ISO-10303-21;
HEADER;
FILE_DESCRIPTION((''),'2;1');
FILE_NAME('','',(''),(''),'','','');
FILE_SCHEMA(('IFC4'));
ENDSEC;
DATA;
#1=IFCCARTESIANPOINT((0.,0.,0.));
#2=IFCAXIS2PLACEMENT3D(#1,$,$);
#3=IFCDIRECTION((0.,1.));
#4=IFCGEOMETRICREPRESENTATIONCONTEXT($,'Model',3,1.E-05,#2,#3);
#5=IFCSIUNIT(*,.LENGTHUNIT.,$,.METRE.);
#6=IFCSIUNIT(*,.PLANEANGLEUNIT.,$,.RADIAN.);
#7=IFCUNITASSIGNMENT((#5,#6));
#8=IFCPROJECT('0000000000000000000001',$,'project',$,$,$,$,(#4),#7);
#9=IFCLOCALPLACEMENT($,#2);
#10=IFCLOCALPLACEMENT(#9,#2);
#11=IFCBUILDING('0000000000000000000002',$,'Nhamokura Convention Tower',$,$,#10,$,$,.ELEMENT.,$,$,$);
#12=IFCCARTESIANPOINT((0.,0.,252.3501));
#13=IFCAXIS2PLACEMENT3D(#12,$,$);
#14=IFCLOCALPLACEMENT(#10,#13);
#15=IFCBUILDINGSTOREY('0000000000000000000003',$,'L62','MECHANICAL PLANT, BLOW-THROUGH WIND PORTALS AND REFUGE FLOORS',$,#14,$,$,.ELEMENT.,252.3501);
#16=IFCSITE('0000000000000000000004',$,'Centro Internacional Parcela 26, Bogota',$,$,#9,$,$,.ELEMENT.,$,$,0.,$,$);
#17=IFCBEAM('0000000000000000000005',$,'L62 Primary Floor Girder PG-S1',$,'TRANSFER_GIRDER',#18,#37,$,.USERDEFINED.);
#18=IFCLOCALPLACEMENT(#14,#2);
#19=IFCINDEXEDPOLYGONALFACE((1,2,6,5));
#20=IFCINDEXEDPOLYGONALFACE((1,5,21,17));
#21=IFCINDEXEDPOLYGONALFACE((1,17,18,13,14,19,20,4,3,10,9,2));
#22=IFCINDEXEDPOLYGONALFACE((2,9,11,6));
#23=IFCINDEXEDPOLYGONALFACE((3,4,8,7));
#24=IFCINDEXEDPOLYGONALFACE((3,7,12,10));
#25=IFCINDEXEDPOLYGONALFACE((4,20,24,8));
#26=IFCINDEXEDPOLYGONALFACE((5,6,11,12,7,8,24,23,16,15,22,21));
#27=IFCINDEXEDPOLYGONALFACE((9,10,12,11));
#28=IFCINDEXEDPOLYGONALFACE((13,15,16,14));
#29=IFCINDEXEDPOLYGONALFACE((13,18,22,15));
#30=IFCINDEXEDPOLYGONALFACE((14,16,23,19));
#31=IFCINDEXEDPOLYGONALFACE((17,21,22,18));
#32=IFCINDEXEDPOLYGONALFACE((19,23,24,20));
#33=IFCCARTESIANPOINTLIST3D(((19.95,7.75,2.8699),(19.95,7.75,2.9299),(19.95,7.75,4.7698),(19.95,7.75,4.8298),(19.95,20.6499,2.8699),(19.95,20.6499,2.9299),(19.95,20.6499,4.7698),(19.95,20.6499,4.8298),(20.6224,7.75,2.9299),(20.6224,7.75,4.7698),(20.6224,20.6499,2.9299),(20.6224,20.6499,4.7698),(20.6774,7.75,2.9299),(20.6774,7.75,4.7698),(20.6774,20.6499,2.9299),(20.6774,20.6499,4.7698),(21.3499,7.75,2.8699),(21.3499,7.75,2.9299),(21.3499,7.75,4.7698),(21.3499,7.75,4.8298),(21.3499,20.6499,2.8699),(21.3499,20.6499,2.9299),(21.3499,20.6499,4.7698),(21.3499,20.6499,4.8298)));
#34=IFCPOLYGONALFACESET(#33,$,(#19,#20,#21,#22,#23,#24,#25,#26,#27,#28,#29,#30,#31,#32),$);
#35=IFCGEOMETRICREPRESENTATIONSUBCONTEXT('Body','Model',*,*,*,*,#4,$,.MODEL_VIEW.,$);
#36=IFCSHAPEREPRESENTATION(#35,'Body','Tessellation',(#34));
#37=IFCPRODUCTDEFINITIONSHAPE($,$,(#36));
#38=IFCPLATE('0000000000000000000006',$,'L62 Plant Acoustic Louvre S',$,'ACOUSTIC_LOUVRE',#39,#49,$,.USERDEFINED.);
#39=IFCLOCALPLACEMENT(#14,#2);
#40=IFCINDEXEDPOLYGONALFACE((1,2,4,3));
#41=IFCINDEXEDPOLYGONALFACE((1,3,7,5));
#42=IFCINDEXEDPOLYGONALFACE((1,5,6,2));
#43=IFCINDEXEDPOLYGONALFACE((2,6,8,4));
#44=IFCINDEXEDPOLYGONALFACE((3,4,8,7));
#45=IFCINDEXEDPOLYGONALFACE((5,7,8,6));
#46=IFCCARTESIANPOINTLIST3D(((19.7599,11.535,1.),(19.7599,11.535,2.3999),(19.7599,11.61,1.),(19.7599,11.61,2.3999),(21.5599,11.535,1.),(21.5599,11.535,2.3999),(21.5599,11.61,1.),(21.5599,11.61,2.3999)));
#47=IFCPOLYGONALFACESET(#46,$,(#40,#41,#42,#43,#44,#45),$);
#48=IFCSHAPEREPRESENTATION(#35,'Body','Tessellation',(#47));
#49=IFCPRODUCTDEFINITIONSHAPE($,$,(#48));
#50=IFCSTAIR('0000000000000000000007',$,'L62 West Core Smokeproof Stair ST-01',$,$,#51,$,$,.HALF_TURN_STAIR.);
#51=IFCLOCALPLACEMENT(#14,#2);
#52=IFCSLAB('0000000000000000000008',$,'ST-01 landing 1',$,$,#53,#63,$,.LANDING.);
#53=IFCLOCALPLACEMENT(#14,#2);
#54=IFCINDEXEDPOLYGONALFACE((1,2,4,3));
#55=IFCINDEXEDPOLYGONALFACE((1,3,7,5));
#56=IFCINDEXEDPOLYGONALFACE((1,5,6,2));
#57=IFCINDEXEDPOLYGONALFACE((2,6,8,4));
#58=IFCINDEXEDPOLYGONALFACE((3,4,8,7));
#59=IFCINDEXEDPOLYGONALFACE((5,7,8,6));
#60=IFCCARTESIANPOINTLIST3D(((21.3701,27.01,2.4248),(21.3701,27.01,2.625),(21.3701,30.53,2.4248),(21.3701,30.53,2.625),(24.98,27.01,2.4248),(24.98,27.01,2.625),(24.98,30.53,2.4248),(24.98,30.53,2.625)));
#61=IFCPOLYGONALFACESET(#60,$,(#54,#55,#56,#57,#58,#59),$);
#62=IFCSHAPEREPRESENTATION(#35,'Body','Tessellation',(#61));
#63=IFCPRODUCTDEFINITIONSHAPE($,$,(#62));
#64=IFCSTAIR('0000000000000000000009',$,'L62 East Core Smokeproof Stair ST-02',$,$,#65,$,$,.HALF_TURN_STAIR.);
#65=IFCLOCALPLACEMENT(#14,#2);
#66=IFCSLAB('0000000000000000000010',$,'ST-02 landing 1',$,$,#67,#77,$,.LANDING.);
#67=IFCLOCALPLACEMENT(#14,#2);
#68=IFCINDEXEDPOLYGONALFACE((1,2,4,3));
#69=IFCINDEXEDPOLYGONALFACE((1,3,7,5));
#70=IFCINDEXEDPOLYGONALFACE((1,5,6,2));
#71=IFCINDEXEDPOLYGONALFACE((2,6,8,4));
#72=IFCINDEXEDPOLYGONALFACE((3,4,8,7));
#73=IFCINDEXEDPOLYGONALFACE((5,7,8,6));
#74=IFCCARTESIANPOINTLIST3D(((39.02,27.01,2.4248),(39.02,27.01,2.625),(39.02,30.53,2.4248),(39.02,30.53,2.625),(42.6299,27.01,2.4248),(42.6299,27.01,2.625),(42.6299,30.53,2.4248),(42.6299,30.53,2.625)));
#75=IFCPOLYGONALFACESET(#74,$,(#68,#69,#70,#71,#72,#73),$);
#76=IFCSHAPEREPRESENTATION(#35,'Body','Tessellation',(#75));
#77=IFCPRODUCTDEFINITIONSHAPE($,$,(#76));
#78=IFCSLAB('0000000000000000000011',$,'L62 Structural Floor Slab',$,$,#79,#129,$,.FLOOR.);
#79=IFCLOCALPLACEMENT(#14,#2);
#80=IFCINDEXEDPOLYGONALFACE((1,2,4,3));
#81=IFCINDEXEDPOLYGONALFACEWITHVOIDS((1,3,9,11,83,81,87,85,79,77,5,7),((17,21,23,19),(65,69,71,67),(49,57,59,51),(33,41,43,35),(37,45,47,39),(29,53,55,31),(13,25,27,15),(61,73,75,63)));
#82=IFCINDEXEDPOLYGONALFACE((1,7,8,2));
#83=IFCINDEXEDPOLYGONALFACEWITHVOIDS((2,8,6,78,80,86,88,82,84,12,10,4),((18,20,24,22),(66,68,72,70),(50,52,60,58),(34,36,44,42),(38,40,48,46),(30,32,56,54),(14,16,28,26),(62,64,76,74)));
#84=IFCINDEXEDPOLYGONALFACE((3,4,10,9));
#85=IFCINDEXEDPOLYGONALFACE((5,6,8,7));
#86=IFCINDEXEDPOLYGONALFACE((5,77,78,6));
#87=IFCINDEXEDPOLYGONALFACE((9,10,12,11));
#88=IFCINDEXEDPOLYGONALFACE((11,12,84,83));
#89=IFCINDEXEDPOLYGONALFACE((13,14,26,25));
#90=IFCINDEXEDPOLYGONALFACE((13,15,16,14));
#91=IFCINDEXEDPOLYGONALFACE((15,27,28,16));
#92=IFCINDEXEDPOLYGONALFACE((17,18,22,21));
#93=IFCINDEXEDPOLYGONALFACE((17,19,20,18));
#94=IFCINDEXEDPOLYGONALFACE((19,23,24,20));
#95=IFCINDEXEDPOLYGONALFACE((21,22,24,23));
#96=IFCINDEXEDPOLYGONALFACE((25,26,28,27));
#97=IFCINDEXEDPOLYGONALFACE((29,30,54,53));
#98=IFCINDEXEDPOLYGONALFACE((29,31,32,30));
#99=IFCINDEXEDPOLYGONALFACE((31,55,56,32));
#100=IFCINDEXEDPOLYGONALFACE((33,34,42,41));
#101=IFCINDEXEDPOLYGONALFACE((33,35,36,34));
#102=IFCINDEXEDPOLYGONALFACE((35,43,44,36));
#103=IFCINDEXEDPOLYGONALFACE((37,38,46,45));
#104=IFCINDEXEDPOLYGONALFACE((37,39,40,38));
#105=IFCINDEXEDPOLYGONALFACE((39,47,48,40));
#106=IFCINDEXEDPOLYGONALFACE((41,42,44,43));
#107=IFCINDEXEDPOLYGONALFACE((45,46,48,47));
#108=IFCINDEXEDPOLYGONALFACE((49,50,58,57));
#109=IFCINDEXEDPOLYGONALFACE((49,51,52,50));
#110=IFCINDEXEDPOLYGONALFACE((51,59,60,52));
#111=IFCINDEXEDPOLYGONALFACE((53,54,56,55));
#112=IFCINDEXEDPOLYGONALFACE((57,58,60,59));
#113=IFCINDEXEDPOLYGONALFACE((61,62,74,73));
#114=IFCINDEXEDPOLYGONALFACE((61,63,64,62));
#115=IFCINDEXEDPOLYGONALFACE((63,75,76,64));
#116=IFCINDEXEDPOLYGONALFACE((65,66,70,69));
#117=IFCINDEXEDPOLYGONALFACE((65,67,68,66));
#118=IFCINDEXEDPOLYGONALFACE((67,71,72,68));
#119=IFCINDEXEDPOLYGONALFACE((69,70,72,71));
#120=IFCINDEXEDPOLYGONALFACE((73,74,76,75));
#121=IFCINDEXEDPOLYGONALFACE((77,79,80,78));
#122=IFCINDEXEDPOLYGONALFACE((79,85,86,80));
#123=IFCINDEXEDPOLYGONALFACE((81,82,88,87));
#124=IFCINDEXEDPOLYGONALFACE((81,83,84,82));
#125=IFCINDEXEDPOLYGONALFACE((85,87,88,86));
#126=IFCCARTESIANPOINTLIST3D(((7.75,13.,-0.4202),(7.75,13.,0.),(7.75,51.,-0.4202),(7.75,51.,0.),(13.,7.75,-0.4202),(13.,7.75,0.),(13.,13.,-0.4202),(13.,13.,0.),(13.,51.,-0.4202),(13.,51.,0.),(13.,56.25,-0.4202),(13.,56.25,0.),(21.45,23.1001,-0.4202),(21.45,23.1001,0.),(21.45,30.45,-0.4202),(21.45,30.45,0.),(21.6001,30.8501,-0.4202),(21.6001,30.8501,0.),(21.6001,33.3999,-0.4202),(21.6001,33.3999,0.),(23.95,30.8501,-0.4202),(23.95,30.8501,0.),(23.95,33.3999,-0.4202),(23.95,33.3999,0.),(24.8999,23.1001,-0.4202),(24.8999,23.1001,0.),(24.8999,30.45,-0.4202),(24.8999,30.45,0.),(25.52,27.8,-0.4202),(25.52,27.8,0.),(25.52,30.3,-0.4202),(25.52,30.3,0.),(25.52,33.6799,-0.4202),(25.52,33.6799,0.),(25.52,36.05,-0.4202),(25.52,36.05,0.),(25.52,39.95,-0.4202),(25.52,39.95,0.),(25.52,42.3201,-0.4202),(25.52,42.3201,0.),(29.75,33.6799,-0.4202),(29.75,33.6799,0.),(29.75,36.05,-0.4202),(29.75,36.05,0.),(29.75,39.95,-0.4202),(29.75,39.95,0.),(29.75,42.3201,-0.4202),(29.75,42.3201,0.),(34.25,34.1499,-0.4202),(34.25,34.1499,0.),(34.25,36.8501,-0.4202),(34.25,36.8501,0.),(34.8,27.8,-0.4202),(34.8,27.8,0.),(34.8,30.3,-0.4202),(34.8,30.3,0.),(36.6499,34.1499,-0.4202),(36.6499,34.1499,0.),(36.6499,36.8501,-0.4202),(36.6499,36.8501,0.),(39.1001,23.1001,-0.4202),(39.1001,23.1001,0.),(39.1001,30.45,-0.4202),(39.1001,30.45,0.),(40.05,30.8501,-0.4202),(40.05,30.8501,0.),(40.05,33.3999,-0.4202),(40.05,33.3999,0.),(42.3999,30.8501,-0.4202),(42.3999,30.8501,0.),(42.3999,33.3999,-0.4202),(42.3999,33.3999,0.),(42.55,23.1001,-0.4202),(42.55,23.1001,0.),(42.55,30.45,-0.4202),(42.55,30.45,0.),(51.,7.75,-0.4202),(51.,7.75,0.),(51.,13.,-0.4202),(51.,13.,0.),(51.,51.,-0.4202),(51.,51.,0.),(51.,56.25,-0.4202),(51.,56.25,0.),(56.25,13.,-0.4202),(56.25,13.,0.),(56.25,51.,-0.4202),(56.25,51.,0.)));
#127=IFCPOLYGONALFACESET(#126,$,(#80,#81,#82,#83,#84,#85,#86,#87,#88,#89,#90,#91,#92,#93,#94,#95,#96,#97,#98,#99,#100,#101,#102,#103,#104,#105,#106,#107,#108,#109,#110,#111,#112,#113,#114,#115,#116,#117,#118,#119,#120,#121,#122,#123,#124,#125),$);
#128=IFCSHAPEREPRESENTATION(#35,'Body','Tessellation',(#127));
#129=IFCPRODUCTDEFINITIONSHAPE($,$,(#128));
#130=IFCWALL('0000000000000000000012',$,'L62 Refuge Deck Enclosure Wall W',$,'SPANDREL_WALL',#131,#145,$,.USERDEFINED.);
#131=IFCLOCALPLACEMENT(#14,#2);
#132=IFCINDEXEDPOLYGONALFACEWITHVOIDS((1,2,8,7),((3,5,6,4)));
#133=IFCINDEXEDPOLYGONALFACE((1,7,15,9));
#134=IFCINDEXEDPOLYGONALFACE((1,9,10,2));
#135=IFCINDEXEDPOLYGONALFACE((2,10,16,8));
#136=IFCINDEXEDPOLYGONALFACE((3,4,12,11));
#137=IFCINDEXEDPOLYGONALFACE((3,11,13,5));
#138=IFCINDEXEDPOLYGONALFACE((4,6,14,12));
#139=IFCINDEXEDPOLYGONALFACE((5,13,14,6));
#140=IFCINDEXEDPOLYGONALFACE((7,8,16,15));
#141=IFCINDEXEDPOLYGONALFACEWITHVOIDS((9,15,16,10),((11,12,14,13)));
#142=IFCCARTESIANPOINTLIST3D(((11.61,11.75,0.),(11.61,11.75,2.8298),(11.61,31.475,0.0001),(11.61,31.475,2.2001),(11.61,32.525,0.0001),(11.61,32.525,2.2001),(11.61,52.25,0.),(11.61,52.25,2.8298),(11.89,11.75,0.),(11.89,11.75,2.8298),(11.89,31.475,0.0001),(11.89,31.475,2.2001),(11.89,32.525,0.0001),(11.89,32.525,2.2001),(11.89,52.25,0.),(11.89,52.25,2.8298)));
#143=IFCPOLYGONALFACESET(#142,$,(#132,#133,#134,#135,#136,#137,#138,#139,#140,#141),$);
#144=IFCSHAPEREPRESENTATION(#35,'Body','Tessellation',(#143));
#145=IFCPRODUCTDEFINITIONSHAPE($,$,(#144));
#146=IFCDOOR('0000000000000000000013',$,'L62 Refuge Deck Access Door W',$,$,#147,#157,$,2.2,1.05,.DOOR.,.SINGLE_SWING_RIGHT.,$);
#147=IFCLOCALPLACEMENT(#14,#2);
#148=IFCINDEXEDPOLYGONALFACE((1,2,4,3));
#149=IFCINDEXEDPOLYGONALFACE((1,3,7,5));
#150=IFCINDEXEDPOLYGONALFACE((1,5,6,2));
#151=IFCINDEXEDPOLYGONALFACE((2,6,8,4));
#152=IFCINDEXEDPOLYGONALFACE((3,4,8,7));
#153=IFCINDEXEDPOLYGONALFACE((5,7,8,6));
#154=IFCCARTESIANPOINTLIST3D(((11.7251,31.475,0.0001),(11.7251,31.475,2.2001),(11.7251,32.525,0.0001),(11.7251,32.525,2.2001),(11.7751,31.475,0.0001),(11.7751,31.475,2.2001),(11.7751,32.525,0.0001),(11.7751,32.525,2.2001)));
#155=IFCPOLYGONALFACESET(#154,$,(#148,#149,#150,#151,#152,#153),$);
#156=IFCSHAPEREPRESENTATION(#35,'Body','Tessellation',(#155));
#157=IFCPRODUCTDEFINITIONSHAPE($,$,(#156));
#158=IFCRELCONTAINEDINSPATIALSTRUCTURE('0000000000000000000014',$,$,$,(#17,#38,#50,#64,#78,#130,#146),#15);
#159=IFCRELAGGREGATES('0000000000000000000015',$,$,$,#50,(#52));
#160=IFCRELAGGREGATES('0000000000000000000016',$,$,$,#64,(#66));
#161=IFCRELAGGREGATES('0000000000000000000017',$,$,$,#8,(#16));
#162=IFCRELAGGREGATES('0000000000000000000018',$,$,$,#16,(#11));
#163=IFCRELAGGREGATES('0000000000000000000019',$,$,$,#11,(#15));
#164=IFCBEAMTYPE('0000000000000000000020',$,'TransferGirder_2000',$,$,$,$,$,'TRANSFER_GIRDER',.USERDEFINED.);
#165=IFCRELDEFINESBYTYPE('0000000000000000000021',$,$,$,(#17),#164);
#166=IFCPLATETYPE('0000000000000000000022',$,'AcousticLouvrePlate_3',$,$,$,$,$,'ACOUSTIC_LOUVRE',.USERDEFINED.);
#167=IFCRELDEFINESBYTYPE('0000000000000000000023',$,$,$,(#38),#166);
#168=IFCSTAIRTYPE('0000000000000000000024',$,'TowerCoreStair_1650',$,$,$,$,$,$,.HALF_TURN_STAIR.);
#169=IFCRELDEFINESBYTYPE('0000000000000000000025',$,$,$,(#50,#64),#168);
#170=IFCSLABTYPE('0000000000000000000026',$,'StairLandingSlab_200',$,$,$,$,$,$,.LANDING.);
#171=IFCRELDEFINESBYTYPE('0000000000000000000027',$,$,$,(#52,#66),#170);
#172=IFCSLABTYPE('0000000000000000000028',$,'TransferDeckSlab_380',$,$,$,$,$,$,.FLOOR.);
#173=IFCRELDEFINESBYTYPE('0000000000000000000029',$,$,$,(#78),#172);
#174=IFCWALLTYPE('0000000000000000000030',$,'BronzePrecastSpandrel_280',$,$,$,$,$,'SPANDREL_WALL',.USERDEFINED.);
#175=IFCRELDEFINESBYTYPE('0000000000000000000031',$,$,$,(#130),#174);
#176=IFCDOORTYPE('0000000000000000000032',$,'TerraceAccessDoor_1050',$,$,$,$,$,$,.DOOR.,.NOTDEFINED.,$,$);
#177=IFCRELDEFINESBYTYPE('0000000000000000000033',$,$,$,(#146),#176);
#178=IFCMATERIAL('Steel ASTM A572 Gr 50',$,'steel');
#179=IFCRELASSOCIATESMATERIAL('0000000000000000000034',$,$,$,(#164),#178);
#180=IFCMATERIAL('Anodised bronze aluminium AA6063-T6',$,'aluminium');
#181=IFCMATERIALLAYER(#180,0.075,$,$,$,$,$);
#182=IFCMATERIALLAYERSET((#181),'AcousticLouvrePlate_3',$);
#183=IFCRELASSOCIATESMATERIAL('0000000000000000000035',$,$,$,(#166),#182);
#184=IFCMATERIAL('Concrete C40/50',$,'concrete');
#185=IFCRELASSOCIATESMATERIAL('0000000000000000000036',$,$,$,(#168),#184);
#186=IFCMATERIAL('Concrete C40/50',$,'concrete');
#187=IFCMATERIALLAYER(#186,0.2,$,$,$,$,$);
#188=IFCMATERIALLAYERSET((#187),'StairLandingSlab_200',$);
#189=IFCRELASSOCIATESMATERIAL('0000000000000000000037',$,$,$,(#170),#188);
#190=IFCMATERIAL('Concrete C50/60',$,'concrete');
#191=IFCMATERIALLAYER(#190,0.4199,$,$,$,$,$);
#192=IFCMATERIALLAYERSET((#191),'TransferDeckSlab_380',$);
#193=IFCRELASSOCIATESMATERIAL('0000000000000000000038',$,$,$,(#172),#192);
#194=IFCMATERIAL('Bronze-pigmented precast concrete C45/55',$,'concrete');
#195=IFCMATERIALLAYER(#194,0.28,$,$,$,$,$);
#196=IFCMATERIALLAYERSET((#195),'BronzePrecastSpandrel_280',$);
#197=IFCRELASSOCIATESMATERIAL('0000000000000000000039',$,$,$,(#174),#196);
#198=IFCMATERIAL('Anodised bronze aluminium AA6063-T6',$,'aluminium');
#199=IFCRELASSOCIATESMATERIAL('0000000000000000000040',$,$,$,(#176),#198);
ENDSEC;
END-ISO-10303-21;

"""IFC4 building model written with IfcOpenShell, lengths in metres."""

from ifc_helpers import new_model, si_unit, direction, frame, frame_2d, origin, origin_2d, place, context, subcontext, project, spatial, polyline, rectangle, i_section, outline, extrude, material, layer, layer_set, material_profile, profile_set, type_object, element, fill, aggregate, save


model = new_model("IFC4")

# Units and contexts
model_context = context("Model", 3, precision=1e-05, world=origin(), true_north=direction((0.0, 1.0)))
body_context = subcontext(model_context, "Body", "Model", "MODEL_VIEW")
ifc_project = project(units=[si_unit("LENGTHUNIT", "METRE"), si_unit("PLANEANGLEUNIT", "RADIAN")], contexts=[model_context])

# Site, building, storey
site_placement = place(None, origin())
site = spatial("IfcSite", under=ifc_project, at=site_placement, Name="Centro Internacional Parcela 26, Bogota", CompositionType="ELEMENT", RefElevation=0.0)
building_placement = place(site_placement, origin())
building = spatial("IfcBuilding", under=site, at=building_placement, Name="Nhamokura Convention Tower", CompositionType="ELEMENT")
storey_placement = place(building_placement, frame((0.0, 0.0, 252.3501)))
storey = spatial("IfcBuildingStorey", under=building, at=storey_placement, Name="L62", Description="MECHANICAL PLANT, BLOW-THROUGH WIND PORTALS AND REFUGE FLOORS", CompositionType="ELEMENT", Elevation=252.3501)

# Beam
ifc_material_1 = material(Name="Steel ASTM A572 Gr 50", Category="steel")
ifc_material_profile_1 = material_profile(ifc_material_1, i_section(OverallWidth=1.3999, OverallDepth=1.96, WebThickness=0.0549, FlangeThickness=0.0601, at=origin_2d()))
ifc_profile_set_1 = profile_set([ifc_material_profile_1], Name="Steel ASTM A572 Gr 50")
beam_type_1 = type_object("IfcBeamType", Name="TransferGirder_2000", ElementType="TRANSFER_GIRDER", PredefinedType="USERDEFINED", material=ifc_profile_set_1)
beam_1_placement = place(storey_placement, frame((20.6499, 7.75, 3.8499), z_axis=(0.0, 1.0, 0.0), x_axis=(-1.0, 0.0, 0.0)))
element("IfcBeam", 1, at=beam_1_placement, inside=storey, type_object=beam_type_1, Name="L62 Primary Floor Girder PG-S1", ObjectType="TRANSFER_GIRDER", PredefinedType="USERDEFINED", context=body_context, shape_type="SweptSolid", body=[
    extrude(i_section(OverallWidth=1.3999, OverallDepth=1.96, WebThickness=0.0549, FlangeThickness=0.0601, at=origin_2d()), origin(), (0.0, 0.0, 1.0), 12.8999),
])

# Plate
ifc_material_2 = material(Name="Anodised bronze aluminium AA6063-T6", Category="aluminium")
ifc_layer_1 = layer(ifc_material_2, 0.075)
ifc_layer_set_1 = layer_set([ifc_layer_1], Name="AcousticLouvrePlate_3")
plate_type = type_object("IfcPlateType", Name="AcousticLouvrePlate_3", ElementType="ACOUSTIC_LOUVRE", PredefinedType="USERDEFINED", material=ifc_layer_set_1)
plate_placement = place(storey_placement, frame((20.6599, 11.5725, 1.0), z_axis=(0.0, 0.0, 1.0), x_axis=(-1.0, 0.0, 0.0)))
element("IfcPlate", 2, at=plate_placement, inside=storey, type_object=plate_type, Name="L62 Plant Acoustic Louvre S", ObjectType="ACOUSTIC_LOUVRE", PredefinedType="USERDEFINED", context=body_context, shape_type="SweptSolid", body=[
    extrude(rectangle(XDim=1.8, YDim=0.075, at=origin_2d()), origin(), (0.0, 0.0, 1.0), 1.3999),
])

# Stairs, slabs
ifc_material_3 = material(Name="Concrete C40/50", Category="concrete")
stair_type = type_object("IfcStairType", Name="TowerCoreStair_1650", PredefinedType="HALF_TURN_STAIR", material=ifc_material_3)
stair_1_placement = place(storey_placement, origin())
stair_1 = element("IfcStair", 3, at=stair_1_placement, inside=storey, type_object=stair_type, Name="L62 West Core Smokeproof Stair ST-01", PredefinedType="HALF_TURN_STAIR")
ifc_material_4 = material(Name="Concrete C40/50", Category="concrete")
ifc_layer_2 = layer(ifc_material_4, 0.2)
ifc_layer_set_2 = layer_set([ifc_layer_2], Name="StairLandingSlab_200")
slab_type_1 = type_object("IfcSlabType", Name="StairLandingSlab_200", PredefinedType="LANDING", material=ifc_layer_set_2)
slab_1_placement = place(storey_placement, frame((0.0, 0.0, 2.4248)))
slab_1 = element("IfcSlab", 4, at=slab_1_placement, type_object=slab_type_1, Name="ST-01 landing 1", PredefinedType="LANDING", context=body_context, shape_type="SweptSolid", body=[
    extrude(outline(polyline([(24.98, 27.01), (24.98, 30.53), (21.3701, 30.53), (21.3701, 27.01), (24.98, 27.01)])), origin(), (0.0, 0.0, 1.0), 0.2002),
])
aggregate(stair_1, [slab_1])
stair_2_placement = place(storey_placement, origin())
stair_2 = element("IfcStair", 5, at=stair_2_placement, inside=storey, type_object=stair_type, Name="L62 East Core Smokeproof Stair ST-02", PredefinedType="HALF_TURN_STAIR")
slab_2_placement = place(storey_placement, frame((0.0, 0.0, 2.4248)))
slab_2 = element("IfcSlab", 6, at=slab_2_placement, type_object=slab_type_1, Name="ST-02 landing 1", PredefinedType="LANDING", context=body_context, shape_type="SweptSolid", body=[
    extrude(outline(polyline([(42.6299, 27.01), (42.6299, 30.53), (39.02, 30.53), (39.02, 27.01), (42.6299, 27.01)])), origin(), (0.0, 0.0, 1.0), 0.2002),
])
aggregate(stair_2, [slab_2])

# Slab
ifc_material_5 = material(Name="Concrete C50/60", Category="concrete")
ifc_layer_3 = layer(ifc_material_5, 0.4199)
ifc_layer_set_3 = layer_set([ifc_layer_3], Name="TransferDeckSlab_380")
slab_type_2 = type_object("IfcSlabType", Name="TransferDeckSlab_380", PredefinedType="FLOOR", material=ifc_layer_set_3)
slab_3_placement = place(storey_placement, frame((0.0, 0.0, -0.4202)))
element("IfcSlab", 7, at=slab_3_placement, inside=storey, type_object=slab_type_2, Name="L62 Structural Floor Slab", PredefinedType="FLOOR", context=body_context, shape_type="SweptSolid", body=[
    extrude(outline(polyline([(13.0, 7.75), (51.0, 7.75), (51.0, 13.0), (56.25, 13.0), (56.25, 51.0), (51.0, 51.0), (51.0, 56.25), (13.0, 56.25), (13.0, 51.0), (7.75, 51.0), (7.75, 13.0), (13.0, 13.0), (13.0, 7.75)]), holes=[polyline([(24.8999, 23.1001), (24.8999, 30.45), (21.45, 30.45), (21.45, 23.1001), (24.8999, 23.1001)]), polyline([(42.55, 23.1001), (42.55, 30.45), (39.1001, 30.45), (39.1001, 23.1001), (42.55, 23.1001)]), polyline([(21.6001, 30.8501), (23.95, 30.8501), (23.95, 33.3999), (21.6001, 33.3999), (21.6001, 30.8501)]), polyline([(40.05, 30.8501), (42.3999, 30.8501), (42.3999, 33.3999), (40.05, 33.3999), (40.05, 30.8501)]), polyline([(34.25, 34.1499), (36.6499, 34.1499), (36.6499, 36.8501), (34.25, 36.8501), (34.25, 34.1499)]), polyline([(25.52, 27.8), (34.8, 27.8), (34.8, 30.3), (25.52, 30.3), (25.52, 27.8)]), polyline([(25.52, 33.6799), (29.75, 33.6799), (29.75, 36.05), (25.52, 36.05), (25.52, 33.6799)]), polyline([(25.52, 39.95), (29.75, 39.95), (29.75, 42.3201), (25.52, 42.3201), (25.52, 39.95)])]), origin(), (0.0, 0.0, 1.0), 0.4202),
])

# Wall, opening, door
ifc_material_6 = material(Name="Bronze-pigmented precast concrete C45/55", Category="concrete")
ifc_layer_4 = layer(ifc_material_6, 0.28)
ifc_layer_set_4 = layer_set([ifc_layer_4], Name="BronzePrecastSpandrel_280")
wall_type = type_object("IfcWallType", Name="BronzePrecastSpandrel_280", ElementType="SPANDREL_WALL", PredefinedType="USERDEFINED", material=ifc_layer_set_4)
wall_placement = place(storey_placement, frame((11.75, 11.75, 0.0), z_axis=(0.0, 0.0, 1.0), x_axis=(0.0, 1.0, 0.0)))
wall = element("IfcWall", 8, at=wall_placement, inside=storey, type_object=wall_type, Name="L62 Refuge Deck Enclosure Wall W", ObjectType="SPANDREL_WALL", PredefinedType="USERDEFINED", context=body_context, shape_type="SweptSolid", body=[
    extrude(rectangle(XDim=40.5, YDim=0.28, at=frame_2d((20.25, 0.0))), origin(), (0.0, 0.0, 1.0), 2.8298),
])
opening_placement = place(wall_placement, frame((19.7251, 0.0, 0.0)))
opening = element("IfcOpeningElement", 9, at=opening_placement, cuts=wall, PredefinedType="OPENING", context=body_context, shape_type="SweptSolid", body=[
    extrude(rectangle(XDim=1.05, YDim=2.2, at=frame_2d((0.5249, 1.1001))), frame((0.0, 0.1499, 0.0), z_axis=(0.0, -1.0, 0.0), x_axis=(1.0, 0.0, 0.0)), (0.0, 0.0, 1.0), 0.3),
])
ifc_material_7 = material(Name="Anodised bronze aluminium AA6063-T6", Category="aluminium")
door_type = type_object("IfcDoorType", Name="TerraceAccessDoor_1050", OperationType="NOTDEFINED", PredefinedType="DOOR", material=ifc_material_7)
door_placement = place(opening_placement, origin())
door = element("IfcDoor", 10, at=door_placement, inside=storey, type_object=door_type, Name="L62 Refuge Deck Access Door W", OperationType="SINGLE_SWING_RIGHT", OverallHeight=2.2, OverallWidth=1.05, PredefinedType="DOOR", context=body_context, shape_type="SweptSolid", body=[
    extrude(rectangle(XDim=1.05, YDim=2.2, at=frame_2d((0.5249, 1.1001))), frame((0.0, 0.0249, 0.0), z_axis=(0.0, -1.0, 0.0), x_axis=(1.0, 0.0, 0.0)), (0.0, 0.0, 1.0), 0.05),
])
fill(opening, door)

save(model, "model.ifc")
